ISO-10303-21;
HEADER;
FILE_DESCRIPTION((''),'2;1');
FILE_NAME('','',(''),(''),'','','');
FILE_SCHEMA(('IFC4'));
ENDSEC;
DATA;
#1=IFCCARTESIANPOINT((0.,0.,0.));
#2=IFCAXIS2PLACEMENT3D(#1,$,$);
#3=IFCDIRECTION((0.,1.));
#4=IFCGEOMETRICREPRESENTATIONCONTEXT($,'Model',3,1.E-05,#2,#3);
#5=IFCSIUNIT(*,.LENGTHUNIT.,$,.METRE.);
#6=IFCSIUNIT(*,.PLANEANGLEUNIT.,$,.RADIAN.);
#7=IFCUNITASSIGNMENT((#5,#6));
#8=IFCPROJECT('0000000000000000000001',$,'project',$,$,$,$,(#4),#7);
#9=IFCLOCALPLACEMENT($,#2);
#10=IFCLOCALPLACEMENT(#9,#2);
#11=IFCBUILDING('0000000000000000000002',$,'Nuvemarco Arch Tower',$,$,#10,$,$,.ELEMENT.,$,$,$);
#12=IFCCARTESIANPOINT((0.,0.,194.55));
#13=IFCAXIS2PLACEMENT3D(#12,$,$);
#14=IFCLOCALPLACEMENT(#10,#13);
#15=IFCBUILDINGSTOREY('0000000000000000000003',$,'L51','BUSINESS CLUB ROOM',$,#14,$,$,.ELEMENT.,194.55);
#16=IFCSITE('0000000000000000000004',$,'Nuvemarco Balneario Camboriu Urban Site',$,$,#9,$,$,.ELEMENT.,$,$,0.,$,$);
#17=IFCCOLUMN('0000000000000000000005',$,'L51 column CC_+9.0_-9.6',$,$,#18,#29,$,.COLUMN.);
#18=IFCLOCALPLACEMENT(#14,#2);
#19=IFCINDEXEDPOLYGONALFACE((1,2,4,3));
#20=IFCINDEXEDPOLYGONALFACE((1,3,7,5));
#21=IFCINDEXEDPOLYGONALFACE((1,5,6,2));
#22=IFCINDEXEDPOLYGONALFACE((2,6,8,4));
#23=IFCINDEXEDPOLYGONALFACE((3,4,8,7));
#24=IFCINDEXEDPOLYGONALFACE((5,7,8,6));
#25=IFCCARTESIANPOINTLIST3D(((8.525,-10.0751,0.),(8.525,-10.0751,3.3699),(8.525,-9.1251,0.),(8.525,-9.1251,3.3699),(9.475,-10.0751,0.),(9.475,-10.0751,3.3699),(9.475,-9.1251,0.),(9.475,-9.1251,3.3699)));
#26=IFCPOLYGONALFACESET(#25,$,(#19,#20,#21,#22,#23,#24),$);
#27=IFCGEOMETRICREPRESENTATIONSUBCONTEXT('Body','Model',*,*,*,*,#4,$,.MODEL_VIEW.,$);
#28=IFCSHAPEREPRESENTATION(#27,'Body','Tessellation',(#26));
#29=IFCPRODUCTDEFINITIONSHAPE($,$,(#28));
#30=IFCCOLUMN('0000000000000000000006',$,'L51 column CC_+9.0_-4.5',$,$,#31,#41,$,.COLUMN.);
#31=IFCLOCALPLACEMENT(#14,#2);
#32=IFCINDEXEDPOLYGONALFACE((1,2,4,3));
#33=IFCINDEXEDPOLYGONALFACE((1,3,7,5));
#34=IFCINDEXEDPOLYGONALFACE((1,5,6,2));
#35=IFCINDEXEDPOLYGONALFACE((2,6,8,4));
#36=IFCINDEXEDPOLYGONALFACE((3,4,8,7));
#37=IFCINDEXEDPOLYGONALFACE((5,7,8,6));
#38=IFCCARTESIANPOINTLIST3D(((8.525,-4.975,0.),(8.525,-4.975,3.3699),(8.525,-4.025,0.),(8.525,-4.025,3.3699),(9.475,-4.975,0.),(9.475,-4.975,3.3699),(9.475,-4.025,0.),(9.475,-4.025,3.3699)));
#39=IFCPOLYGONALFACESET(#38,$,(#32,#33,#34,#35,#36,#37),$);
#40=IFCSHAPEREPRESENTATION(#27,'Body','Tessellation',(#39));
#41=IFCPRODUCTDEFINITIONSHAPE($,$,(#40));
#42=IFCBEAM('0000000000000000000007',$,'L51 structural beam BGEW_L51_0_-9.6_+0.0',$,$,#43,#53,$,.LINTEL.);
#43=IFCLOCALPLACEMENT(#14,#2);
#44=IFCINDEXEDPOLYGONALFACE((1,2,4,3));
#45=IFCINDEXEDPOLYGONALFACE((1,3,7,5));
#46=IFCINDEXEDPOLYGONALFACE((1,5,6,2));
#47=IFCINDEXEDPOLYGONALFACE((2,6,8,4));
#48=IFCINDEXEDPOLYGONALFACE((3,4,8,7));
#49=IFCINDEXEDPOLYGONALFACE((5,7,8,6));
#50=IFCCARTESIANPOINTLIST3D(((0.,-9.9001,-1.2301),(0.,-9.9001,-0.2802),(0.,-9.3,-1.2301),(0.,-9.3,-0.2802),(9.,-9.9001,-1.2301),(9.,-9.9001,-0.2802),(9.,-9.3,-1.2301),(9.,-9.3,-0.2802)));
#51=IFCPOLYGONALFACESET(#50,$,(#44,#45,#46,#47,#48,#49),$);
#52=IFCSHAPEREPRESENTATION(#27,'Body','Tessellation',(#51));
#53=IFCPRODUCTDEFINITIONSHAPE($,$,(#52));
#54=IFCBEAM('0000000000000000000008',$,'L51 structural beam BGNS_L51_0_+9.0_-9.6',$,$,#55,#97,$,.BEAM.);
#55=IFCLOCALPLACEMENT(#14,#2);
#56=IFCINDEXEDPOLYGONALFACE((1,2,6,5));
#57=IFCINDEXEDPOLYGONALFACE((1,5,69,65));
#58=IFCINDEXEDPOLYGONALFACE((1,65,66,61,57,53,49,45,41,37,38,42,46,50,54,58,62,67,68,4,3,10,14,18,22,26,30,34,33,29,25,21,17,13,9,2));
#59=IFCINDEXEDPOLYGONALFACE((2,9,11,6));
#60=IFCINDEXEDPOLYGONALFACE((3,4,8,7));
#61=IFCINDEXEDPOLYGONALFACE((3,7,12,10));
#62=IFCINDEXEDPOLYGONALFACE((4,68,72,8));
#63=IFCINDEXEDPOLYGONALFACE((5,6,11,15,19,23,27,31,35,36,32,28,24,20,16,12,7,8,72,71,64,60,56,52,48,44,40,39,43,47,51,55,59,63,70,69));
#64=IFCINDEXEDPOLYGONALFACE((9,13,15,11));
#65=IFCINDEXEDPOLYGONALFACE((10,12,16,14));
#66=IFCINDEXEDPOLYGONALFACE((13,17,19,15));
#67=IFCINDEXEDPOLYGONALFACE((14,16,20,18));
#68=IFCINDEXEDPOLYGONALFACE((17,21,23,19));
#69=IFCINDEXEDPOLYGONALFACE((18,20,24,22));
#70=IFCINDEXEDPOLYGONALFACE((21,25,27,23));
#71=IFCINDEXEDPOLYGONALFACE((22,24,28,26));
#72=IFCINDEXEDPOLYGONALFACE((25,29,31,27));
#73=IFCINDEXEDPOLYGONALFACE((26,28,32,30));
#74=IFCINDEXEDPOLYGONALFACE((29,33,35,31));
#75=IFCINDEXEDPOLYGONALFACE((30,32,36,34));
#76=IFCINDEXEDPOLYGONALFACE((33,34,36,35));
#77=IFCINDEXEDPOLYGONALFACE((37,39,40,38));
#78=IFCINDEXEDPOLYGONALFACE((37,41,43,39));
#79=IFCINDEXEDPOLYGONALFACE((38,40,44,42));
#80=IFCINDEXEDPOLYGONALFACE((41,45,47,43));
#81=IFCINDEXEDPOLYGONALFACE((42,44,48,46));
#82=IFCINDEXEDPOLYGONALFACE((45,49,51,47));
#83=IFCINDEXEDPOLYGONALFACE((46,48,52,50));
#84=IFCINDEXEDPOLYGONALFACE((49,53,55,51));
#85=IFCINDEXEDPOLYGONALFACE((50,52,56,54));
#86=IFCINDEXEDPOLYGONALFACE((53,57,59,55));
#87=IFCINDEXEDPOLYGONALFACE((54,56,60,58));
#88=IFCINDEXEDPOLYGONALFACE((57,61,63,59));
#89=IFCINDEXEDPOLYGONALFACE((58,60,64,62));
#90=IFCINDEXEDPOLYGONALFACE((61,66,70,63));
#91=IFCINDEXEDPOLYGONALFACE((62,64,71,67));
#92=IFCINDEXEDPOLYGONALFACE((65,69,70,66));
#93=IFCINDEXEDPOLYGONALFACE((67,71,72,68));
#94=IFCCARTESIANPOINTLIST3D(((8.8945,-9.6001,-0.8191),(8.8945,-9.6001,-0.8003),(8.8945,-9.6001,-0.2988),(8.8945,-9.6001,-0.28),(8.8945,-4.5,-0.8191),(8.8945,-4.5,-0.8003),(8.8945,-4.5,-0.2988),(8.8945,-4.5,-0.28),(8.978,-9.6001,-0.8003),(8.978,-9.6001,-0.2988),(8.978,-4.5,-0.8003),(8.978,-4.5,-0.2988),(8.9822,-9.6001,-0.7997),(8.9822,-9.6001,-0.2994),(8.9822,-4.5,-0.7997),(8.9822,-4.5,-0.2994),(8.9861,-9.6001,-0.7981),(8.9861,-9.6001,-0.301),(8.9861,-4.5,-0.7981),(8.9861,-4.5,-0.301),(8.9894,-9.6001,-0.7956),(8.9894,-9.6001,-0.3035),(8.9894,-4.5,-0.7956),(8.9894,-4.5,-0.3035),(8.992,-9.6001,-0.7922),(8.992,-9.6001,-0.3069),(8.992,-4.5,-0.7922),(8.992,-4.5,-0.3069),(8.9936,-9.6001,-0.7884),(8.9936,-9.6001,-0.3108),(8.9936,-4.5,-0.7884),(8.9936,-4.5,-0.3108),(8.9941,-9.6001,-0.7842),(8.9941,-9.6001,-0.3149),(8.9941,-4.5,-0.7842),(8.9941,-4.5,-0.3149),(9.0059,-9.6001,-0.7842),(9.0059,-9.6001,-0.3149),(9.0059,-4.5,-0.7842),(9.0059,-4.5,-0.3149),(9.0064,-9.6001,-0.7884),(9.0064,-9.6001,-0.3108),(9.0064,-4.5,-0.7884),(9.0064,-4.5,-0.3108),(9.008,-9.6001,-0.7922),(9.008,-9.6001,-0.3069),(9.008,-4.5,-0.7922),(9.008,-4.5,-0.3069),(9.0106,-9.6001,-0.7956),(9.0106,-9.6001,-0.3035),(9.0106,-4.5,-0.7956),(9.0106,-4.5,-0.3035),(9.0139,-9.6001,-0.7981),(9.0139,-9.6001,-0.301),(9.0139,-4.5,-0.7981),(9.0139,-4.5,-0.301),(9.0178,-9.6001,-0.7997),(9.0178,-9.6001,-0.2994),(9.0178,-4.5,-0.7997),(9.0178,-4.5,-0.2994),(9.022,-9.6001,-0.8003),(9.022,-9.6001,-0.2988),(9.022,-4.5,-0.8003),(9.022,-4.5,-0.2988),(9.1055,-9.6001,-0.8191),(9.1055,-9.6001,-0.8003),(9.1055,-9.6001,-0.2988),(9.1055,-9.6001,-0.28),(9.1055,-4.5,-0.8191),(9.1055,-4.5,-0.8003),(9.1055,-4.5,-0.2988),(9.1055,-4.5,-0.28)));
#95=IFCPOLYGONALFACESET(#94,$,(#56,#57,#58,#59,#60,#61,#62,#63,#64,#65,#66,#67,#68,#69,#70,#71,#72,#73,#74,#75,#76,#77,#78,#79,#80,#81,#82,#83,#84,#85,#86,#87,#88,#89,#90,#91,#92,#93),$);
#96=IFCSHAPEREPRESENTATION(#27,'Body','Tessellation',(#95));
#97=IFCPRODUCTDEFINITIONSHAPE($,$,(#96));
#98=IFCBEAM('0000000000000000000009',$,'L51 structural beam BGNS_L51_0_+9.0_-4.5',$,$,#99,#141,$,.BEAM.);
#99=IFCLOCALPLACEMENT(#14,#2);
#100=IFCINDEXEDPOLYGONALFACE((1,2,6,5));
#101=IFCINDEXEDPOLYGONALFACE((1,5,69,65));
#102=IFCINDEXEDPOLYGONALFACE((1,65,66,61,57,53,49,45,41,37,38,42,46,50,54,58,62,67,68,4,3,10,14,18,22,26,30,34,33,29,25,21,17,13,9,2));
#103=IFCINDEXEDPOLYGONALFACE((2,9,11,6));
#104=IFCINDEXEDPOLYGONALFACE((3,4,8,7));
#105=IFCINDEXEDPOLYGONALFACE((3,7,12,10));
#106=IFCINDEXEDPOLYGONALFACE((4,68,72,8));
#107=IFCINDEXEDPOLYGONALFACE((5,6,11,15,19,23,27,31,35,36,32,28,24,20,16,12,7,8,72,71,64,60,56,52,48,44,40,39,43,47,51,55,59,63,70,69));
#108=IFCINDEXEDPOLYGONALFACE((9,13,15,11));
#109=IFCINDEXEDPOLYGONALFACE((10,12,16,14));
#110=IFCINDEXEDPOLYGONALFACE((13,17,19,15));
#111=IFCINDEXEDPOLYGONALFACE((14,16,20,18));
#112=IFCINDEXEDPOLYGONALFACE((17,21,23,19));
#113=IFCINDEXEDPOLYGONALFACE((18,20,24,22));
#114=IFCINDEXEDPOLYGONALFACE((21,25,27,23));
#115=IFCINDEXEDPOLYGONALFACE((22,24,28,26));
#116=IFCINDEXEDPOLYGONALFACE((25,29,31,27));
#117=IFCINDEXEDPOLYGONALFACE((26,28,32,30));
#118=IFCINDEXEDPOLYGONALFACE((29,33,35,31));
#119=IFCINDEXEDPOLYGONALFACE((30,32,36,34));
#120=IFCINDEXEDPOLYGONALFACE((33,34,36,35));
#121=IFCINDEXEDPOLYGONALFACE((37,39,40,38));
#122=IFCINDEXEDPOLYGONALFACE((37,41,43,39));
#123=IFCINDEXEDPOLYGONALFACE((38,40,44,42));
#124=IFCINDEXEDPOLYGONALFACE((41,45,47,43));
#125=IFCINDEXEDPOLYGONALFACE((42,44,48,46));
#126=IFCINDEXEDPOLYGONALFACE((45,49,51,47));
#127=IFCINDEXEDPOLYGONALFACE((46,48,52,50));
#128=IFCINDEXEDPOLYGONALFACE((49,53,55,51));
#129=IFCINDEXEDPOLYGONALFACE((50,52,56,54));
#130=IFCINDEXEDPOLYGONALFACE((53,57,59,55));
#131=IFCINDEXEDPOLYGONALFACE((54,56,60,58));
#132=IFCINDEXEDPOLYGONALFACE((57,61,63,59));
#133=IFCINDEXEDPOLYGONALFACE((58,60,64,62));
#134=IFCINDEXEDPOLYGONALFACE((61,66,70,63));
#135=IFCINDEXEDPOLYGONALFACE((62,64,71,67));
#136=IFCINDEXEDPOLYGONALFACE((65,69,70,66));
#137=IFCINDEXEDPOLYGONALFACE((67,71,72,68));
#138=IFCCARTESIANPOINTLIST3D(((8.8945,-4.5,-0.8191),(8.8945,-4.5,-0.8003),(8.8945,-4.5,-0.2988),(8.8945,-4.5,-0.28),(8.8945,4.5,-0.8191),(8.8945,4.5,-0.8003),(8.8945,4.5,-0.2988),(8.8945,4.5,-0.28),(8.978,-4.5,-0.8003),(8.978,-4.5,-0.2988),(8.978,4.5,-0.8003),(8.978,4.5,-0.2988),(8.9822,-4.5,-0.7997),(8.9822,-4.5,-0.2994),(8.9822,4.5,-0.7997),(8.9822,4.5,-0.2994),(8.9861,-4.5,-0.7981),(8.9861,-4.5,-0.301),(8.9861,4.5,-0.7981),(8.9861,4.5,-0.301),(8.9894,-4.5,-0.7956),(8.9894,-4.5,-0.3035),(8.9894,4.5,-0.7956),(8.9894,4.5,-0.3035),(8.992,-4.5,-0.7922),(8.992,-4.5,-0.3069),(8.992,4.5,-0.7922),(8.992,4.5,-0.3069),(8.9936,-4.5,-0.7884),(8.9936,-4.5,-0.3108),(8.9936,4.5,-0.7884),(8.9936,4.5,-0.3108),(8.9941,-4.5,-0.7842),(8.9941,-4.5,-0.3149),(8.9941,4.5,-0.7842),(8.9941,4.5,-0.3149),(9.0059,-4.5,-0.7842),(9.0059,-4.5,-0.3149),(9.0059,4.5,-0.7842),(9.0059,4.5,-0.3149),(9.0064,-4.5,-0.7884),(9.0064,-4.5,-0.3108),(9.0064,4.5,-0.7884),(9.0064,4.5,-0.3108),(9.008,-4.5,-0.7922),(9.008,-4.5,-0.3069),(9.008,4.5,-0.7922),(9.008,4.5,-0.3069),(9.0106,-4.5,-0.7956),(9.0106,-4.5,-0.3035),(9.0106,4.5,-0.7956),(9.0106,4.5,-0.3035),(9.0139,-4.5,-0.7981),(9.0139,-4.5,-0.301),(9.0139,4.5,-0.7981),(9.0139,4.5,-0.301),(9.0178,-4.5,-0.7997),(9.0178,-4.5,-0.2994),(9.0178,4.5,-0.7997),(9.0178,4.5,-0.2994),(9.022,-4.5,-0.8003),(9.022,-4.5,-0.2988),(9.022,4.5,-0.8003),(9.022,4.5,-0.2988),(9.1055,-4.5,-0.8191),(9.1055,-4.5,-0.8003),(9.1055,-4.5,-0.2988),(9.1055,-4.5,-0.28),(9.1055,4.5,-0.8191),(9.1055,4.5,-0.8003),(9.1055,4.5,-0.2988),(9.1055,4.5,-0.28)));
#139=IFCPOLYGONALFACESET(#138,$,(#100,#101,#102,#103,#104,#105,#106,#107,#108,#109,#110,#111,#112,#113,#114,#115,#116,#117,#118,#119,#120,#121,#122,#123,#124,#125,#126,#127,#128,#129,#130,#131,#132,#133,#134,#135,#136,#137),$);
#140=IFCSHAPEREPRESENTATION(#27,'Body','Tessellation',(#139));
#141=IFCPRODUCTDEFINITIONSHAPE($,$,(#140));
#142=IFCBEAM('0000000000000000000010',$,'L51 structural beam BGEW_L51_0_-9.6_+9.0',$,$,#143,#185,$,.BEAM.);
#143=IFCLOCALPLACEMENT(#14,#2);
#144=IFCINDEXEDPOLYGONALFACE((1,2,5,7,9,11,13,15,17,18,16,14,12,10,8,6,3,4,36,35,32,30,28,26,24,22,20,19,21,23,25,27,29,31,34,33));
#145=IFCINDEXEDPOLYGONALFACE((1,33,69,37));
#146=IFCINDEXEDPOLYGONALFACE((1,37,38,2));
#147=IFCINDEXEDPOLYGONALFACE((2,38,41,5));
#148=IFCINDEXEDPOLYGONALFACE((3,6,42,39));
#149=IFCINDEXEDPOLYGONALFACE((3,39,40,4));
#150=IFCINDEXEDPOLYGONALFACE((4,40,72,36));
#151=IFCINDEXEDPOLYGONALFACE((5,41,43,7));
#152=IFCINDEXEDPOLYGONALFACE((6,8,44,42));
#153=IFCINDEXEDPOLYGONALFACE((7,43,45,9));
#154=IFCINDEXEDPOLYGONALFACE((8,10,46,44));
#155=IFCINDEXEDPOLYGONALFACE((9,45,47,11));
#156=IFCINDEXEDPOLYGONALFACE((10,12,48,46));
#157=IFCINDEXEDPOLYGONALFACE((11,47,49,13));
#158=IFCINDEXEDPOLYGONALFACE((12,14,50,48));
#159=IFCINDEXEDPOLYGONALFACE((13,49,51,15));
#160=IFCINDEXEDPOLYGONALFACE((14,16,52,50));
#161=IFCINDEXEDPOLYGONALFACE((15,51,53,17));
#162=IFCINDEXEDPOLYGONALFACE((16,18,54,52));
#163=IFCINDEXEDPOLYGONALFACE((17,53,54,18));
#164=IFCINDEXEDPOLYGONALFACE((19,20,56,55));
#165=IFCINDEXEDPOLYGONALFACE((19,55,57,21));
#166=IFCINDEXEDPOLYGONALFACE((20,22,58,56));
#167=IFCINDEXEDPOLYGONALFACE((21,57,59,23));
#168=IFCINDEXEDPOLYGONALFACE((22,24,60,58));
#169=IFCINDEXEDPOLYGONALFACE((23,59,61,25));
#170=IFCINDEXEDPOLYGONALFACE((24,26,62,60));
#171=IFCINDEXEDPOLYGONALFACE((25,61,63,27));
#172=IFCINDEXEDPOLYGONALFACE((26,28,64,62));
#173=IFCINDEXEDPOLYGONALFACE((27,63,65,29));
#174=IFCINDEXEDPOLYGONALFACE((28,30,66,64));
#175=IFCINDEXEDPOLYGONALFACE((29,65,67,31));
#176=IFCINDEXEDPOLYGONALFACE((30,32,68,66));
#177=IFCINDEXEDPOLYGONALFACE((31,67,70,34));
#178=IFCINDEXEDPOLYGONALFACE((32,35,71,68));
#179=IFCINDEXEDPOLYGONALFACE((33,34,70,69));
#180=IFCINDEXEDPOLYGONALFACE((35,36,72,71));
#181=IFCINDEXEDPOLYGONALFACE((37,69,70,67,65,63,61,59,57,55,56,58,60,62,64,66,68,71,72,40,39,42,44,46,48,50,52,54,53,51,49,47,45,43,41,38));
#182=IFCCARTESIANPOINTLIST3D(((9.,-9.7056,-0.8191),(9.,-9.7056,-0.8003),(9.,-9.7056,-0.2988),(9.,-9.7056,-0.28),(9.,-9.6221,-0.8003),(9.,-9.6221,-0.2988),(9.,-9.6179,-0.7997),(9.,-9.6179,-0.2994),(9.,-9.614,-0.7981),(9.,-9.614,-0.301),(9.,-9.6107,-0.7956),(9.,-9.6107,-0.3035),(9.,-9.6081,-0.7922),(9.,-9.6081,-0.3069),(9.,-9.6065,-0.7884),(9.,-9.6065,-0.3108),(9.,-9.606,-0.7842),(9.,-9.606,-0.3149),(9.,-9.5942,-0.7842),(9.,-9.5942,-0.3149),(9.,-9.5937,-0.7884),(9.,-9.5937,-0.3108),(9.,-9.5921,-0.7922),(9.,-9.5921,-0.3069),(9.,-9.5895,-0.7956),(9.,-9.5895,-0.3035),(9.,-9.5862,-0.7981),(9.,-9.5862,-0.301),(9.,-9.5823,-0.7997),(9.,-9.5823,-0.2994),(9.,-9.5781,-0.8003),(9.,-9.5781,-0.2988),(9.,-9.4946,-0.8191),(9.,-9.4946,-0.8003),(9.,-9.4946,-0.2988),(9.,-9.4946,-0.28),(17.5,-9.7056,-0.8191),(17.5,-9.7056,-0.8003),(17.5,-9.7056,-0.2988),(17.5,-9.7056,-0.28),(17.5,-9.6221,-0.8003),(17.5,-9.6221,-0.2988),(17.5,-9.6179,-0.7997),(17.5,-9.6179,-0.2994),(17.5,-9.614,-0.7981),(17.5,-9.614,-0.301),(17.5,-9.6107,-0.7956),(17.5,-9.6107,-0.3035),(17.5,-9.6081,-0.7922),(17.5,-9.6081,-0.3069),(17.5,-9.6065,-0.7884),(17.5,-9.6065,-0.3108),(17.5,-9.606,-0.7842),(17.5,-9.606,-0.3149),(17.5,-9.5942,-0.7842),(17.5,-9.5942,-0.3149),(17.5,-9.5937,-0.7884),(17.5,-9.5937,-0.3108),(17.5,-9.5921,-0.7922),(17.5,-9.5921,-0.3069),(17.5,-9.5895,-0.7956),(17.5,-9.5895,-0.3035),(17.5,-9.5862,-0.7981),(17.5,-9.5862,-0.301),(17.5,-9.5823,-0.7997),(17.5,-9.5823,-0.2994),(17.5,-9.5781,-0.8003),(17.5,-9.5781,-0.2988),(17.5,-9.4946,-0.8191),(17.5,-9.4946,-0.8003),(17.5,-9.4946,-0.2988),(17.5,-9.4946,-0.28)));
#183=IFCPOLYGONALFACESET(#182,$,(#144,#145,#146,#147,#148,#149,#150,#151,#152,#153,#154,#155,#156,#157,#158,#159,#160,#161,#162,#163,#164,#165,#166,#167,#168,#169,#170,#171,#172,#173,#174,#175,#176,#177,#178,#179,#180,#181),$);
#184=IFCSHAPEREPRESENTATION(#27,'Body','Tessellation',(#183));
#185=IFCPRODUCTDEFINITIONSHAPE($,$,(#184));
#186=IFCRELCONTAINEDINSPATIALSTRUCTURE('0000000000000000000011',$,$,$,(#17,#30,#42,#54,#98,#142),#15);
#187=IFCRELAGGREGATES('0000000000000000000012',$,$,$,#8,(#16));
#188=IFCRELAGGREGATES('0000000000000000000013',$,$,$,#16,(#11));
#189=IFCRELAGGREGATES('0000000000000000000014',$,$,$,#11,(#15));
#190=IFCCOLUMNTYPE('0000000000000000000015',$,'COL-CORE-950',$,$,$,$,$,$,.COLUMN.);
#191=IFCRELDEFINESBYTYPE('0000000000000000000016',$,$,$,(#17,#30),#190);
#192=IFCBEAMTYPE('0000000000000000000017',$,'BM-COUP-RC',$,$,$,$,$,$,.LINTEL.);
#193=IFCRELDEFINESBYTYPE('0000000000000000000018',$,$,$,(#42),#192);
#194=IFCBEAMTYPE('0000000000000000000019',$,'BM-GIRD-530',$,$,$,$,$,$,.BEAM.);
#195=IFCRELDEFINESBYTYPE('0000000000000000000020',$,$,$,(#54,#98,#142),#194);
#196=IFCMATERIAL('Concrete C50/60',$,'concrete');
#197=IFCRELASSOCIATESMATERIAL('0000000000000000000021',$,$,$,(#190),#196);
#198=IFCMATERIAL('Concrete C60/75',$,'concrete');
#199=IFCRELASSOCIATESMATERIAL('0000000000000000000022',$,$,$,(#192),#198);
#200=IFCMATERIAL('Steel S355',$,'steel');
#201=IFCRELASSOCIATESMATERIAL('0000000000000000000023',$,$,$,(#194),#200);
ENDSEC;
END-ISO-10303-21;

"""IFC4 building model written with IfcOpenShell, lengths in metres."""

from ifc_helpers import new_model, si_unit, direction, frame, origin, origin_2d, place, context, subcontext, project, spatial, rectangle, i_section, extrude, material, material_profile, profile_set, type_object, element, save


model = new_model("IFC4")

# Units and contexts
model_context = context("Model", 3, precision=1e-05, world=origin(), true_north=direction((0.0, 1.0)))
body_context = subcontext(model_context, "Body", "Model", "MODEL_VIEW")
ifc_project = project(units=[si_unit("LENGTHUNIT", "METRE"), si_unit("PLANEANGLEUNIT", "RADIAN")], contexts=[model_context])

# Site, building, storey
site_placement = place(None, origin())
site = spatial("IfcSite", under=ifc_project, at=site_placement, Name="Nuvemarco Balneario Camboriu Urban Site", CompositionType="ELEMENT", RefElevation=0.0)
building_placement = place(site_placement, origin())
building = spatial("IfcBuilding", under=site, at=building_placement, Name="Nuvemarco Arch Tower", CompositionType="ELEMENT")
storey_placement = place(building_placement, frame((0.0, 0.0, 194.55)))
storey = spatial("IfcBuildingStorey", under=building, at=storey_placement, Name="L51", Description="BUSINESS CLUB ROOM", CompositionType="ELEMENT", Elevation=194.55)

# Columns
ifc_material_1 = material(Name="Concrete C50/60", Category="concrete")
ifc_material_profile_1 = material_profile(ifc_material_1, rectangle(XDim=0.95, YDim=0.95, at=origin_2d()), Name="RC-COL-950x950")
ifc_profile_set_1 = profile_set([ifc_material_profile_1], Name="Concrete C50/60")
column_type = type_object("IfcColumnType", Name="COL-CORE-950", PredefinedType="COLUMN", material=ifc_profile_set_1)
for number, where, z_axis, x_axis, name in (
    (1, (9.0, -9.6001, 0.0), (0.0, 0.0, 1.0), (1.0, 0.0, 0.0), "L51 column CC_+9.0_-9.6"),
    (2, (9.0, -4.5, 0.0), (0.0, 0.0, 1.0), (1.0, 0.0, 0.0), "L51 column CC_+9.0_-4.5"),
):
    element("IfcColumn", number, at=place(storey_placement, frame(where, z_axis=z_axis, x_axis=x_axis)), inside=storey, type_object=column_type, Name=name, PredefinedType="COLUMN", context=body_context, shape_type="SweptSolid", body=[
        extrude(rectangle(XDim=0.95, YDim=0.95, at=origin_2d()), origin(), (0.0, 0.0, 1.0), 3.3699),
    ])

# Beams
ifc_material_2 = material(Name="Concrete C60/75", Category="concrete")
ifc_material_profile_2 = material_profile(ifc_material_2, rectangle(XDim=0.6001, YDim=0.95, at=origin_2d()), Name="RC-BM-600x950")
ifc_profile_set_2 = profile_set([ifc_material_profile_2], Name="Concrete C60/75")
beam_type_1 = type_object("IfcBeamType", Name="BM-COUP-RC", PredefinedType="LINTEL", material=ifc_profile_set_2)
beam_1_placement = place(storey_placement, frame((0.0, -9.6001, -0.7551), z_axis=(1.0, 0.0, 0.0), x_axis=(0.0, 1.0, 0.0)))
element("IfcBeam", 3, at=beam_1_placement, inside=storey, type_object=beam_type_1, Name="L51 structural beam BGEW_L51_0_-9.6_+0.0", PredefinedType="LINTEL", context=body_context, shape_type="SweptSolid", body=[
    extrude(rectangle(XDim=0.6001, YDim=0.95, at=origin_2d()), origin(), (0.0, 0.0, 1.0), 9.0),
])
ifc_material_3 = material(Name="Steel S355", Category="steel")
ifc_material_profile_3 = material_profile(ifc_material_3, i_section(OverallWidth=0.2109, OverallDepth=0.5391, WebThickness=0.0117, FlangeThickness=0.0188, FilletRadius=0.0161, at=origin_2d()), Name="W530x109")
ifc_profile_set_3 = profile_set([ifc_material_profile_3], Name="Steel S355")
beam_type_2 = type_object("IfcBeamType", Name="BM-GIRD-530", PredefinedType="BEAM", material=ifc_profile_set_3)
beam_2_placement = place(storey_placement, frame((9.0, -9.6001, -0.5496), z_axis=(0.0, 1.0, 0.0), x_axis=(-1.0, 0.0, 0.0)))
element("IfcBeam", 4, at=beam_2_placement, inside=storey, type_object=beam_type_2, Name="L51 structural beam BGNS_L51_0_+9.0_-9.6", PredefinedType="BEAM", context=body_context, shape_type="SweptSolid", body=[
    extrude(i_section(OverallWidth=0.2109, OverallDepth=0.5391, WebThickness=0.0117, FlangeThickness=0.0188, FilletRadius=0.0161, at=origin_2d()), origin(), (0.0, 0.0, 1.0), 5.1001),
])
beam_3_placement = place(storey_placement, frame((9.0, -4.5, -0.5496), z_axis=(0.0, 1.0, 0.0), x_axis=(-1.0, 0.0, 0.0)))
element("IfcBeam", 5, at=beam_3_placement, inside=storey, type_object=beam_type_2, Name="L51 structural beam BGNS_L51_0_+9.0_-4.5", PredefinedType="BEAM", context=body_context, shape_type="SweptSolid", body=[
    extrude(i_section(OverallWidth=0.2109, OverallDepth=0.5391, WebThickness=0.0117, FlangeThickness=0.0188, FilletRadius=0.0161, at=origin_2d()), origin(), (0.0, 0.0, 1.0), 9.0),
])
beam_4_placement = place(storey_placement, frame((9.0, -9.6001, -0.5496), z_axis=(1.0, 0.0, 0.0), x_axis=(0.0, 1.0, 0.0)))
element("IfcBeam", 6, at=beam_4_placement, inside=storey, type_object=beam_type_2, Name="L51 structural beam BGEW_L51_0_-9.6_+9.0", PredefinedType="BEAM", context=body_context, shape_type="SweptSolid", body=[
    extrude(i_section(OverallWidth=0.2109, OverallDepth=0.5391, WebThickness=0.0117, FlangeThickness=0.0188, FilletRadius=0.0161, at=origin_2d()), origin(), (0.0, 0.0, 1.0), 8.5),
])

save(model, "model.ifc")
